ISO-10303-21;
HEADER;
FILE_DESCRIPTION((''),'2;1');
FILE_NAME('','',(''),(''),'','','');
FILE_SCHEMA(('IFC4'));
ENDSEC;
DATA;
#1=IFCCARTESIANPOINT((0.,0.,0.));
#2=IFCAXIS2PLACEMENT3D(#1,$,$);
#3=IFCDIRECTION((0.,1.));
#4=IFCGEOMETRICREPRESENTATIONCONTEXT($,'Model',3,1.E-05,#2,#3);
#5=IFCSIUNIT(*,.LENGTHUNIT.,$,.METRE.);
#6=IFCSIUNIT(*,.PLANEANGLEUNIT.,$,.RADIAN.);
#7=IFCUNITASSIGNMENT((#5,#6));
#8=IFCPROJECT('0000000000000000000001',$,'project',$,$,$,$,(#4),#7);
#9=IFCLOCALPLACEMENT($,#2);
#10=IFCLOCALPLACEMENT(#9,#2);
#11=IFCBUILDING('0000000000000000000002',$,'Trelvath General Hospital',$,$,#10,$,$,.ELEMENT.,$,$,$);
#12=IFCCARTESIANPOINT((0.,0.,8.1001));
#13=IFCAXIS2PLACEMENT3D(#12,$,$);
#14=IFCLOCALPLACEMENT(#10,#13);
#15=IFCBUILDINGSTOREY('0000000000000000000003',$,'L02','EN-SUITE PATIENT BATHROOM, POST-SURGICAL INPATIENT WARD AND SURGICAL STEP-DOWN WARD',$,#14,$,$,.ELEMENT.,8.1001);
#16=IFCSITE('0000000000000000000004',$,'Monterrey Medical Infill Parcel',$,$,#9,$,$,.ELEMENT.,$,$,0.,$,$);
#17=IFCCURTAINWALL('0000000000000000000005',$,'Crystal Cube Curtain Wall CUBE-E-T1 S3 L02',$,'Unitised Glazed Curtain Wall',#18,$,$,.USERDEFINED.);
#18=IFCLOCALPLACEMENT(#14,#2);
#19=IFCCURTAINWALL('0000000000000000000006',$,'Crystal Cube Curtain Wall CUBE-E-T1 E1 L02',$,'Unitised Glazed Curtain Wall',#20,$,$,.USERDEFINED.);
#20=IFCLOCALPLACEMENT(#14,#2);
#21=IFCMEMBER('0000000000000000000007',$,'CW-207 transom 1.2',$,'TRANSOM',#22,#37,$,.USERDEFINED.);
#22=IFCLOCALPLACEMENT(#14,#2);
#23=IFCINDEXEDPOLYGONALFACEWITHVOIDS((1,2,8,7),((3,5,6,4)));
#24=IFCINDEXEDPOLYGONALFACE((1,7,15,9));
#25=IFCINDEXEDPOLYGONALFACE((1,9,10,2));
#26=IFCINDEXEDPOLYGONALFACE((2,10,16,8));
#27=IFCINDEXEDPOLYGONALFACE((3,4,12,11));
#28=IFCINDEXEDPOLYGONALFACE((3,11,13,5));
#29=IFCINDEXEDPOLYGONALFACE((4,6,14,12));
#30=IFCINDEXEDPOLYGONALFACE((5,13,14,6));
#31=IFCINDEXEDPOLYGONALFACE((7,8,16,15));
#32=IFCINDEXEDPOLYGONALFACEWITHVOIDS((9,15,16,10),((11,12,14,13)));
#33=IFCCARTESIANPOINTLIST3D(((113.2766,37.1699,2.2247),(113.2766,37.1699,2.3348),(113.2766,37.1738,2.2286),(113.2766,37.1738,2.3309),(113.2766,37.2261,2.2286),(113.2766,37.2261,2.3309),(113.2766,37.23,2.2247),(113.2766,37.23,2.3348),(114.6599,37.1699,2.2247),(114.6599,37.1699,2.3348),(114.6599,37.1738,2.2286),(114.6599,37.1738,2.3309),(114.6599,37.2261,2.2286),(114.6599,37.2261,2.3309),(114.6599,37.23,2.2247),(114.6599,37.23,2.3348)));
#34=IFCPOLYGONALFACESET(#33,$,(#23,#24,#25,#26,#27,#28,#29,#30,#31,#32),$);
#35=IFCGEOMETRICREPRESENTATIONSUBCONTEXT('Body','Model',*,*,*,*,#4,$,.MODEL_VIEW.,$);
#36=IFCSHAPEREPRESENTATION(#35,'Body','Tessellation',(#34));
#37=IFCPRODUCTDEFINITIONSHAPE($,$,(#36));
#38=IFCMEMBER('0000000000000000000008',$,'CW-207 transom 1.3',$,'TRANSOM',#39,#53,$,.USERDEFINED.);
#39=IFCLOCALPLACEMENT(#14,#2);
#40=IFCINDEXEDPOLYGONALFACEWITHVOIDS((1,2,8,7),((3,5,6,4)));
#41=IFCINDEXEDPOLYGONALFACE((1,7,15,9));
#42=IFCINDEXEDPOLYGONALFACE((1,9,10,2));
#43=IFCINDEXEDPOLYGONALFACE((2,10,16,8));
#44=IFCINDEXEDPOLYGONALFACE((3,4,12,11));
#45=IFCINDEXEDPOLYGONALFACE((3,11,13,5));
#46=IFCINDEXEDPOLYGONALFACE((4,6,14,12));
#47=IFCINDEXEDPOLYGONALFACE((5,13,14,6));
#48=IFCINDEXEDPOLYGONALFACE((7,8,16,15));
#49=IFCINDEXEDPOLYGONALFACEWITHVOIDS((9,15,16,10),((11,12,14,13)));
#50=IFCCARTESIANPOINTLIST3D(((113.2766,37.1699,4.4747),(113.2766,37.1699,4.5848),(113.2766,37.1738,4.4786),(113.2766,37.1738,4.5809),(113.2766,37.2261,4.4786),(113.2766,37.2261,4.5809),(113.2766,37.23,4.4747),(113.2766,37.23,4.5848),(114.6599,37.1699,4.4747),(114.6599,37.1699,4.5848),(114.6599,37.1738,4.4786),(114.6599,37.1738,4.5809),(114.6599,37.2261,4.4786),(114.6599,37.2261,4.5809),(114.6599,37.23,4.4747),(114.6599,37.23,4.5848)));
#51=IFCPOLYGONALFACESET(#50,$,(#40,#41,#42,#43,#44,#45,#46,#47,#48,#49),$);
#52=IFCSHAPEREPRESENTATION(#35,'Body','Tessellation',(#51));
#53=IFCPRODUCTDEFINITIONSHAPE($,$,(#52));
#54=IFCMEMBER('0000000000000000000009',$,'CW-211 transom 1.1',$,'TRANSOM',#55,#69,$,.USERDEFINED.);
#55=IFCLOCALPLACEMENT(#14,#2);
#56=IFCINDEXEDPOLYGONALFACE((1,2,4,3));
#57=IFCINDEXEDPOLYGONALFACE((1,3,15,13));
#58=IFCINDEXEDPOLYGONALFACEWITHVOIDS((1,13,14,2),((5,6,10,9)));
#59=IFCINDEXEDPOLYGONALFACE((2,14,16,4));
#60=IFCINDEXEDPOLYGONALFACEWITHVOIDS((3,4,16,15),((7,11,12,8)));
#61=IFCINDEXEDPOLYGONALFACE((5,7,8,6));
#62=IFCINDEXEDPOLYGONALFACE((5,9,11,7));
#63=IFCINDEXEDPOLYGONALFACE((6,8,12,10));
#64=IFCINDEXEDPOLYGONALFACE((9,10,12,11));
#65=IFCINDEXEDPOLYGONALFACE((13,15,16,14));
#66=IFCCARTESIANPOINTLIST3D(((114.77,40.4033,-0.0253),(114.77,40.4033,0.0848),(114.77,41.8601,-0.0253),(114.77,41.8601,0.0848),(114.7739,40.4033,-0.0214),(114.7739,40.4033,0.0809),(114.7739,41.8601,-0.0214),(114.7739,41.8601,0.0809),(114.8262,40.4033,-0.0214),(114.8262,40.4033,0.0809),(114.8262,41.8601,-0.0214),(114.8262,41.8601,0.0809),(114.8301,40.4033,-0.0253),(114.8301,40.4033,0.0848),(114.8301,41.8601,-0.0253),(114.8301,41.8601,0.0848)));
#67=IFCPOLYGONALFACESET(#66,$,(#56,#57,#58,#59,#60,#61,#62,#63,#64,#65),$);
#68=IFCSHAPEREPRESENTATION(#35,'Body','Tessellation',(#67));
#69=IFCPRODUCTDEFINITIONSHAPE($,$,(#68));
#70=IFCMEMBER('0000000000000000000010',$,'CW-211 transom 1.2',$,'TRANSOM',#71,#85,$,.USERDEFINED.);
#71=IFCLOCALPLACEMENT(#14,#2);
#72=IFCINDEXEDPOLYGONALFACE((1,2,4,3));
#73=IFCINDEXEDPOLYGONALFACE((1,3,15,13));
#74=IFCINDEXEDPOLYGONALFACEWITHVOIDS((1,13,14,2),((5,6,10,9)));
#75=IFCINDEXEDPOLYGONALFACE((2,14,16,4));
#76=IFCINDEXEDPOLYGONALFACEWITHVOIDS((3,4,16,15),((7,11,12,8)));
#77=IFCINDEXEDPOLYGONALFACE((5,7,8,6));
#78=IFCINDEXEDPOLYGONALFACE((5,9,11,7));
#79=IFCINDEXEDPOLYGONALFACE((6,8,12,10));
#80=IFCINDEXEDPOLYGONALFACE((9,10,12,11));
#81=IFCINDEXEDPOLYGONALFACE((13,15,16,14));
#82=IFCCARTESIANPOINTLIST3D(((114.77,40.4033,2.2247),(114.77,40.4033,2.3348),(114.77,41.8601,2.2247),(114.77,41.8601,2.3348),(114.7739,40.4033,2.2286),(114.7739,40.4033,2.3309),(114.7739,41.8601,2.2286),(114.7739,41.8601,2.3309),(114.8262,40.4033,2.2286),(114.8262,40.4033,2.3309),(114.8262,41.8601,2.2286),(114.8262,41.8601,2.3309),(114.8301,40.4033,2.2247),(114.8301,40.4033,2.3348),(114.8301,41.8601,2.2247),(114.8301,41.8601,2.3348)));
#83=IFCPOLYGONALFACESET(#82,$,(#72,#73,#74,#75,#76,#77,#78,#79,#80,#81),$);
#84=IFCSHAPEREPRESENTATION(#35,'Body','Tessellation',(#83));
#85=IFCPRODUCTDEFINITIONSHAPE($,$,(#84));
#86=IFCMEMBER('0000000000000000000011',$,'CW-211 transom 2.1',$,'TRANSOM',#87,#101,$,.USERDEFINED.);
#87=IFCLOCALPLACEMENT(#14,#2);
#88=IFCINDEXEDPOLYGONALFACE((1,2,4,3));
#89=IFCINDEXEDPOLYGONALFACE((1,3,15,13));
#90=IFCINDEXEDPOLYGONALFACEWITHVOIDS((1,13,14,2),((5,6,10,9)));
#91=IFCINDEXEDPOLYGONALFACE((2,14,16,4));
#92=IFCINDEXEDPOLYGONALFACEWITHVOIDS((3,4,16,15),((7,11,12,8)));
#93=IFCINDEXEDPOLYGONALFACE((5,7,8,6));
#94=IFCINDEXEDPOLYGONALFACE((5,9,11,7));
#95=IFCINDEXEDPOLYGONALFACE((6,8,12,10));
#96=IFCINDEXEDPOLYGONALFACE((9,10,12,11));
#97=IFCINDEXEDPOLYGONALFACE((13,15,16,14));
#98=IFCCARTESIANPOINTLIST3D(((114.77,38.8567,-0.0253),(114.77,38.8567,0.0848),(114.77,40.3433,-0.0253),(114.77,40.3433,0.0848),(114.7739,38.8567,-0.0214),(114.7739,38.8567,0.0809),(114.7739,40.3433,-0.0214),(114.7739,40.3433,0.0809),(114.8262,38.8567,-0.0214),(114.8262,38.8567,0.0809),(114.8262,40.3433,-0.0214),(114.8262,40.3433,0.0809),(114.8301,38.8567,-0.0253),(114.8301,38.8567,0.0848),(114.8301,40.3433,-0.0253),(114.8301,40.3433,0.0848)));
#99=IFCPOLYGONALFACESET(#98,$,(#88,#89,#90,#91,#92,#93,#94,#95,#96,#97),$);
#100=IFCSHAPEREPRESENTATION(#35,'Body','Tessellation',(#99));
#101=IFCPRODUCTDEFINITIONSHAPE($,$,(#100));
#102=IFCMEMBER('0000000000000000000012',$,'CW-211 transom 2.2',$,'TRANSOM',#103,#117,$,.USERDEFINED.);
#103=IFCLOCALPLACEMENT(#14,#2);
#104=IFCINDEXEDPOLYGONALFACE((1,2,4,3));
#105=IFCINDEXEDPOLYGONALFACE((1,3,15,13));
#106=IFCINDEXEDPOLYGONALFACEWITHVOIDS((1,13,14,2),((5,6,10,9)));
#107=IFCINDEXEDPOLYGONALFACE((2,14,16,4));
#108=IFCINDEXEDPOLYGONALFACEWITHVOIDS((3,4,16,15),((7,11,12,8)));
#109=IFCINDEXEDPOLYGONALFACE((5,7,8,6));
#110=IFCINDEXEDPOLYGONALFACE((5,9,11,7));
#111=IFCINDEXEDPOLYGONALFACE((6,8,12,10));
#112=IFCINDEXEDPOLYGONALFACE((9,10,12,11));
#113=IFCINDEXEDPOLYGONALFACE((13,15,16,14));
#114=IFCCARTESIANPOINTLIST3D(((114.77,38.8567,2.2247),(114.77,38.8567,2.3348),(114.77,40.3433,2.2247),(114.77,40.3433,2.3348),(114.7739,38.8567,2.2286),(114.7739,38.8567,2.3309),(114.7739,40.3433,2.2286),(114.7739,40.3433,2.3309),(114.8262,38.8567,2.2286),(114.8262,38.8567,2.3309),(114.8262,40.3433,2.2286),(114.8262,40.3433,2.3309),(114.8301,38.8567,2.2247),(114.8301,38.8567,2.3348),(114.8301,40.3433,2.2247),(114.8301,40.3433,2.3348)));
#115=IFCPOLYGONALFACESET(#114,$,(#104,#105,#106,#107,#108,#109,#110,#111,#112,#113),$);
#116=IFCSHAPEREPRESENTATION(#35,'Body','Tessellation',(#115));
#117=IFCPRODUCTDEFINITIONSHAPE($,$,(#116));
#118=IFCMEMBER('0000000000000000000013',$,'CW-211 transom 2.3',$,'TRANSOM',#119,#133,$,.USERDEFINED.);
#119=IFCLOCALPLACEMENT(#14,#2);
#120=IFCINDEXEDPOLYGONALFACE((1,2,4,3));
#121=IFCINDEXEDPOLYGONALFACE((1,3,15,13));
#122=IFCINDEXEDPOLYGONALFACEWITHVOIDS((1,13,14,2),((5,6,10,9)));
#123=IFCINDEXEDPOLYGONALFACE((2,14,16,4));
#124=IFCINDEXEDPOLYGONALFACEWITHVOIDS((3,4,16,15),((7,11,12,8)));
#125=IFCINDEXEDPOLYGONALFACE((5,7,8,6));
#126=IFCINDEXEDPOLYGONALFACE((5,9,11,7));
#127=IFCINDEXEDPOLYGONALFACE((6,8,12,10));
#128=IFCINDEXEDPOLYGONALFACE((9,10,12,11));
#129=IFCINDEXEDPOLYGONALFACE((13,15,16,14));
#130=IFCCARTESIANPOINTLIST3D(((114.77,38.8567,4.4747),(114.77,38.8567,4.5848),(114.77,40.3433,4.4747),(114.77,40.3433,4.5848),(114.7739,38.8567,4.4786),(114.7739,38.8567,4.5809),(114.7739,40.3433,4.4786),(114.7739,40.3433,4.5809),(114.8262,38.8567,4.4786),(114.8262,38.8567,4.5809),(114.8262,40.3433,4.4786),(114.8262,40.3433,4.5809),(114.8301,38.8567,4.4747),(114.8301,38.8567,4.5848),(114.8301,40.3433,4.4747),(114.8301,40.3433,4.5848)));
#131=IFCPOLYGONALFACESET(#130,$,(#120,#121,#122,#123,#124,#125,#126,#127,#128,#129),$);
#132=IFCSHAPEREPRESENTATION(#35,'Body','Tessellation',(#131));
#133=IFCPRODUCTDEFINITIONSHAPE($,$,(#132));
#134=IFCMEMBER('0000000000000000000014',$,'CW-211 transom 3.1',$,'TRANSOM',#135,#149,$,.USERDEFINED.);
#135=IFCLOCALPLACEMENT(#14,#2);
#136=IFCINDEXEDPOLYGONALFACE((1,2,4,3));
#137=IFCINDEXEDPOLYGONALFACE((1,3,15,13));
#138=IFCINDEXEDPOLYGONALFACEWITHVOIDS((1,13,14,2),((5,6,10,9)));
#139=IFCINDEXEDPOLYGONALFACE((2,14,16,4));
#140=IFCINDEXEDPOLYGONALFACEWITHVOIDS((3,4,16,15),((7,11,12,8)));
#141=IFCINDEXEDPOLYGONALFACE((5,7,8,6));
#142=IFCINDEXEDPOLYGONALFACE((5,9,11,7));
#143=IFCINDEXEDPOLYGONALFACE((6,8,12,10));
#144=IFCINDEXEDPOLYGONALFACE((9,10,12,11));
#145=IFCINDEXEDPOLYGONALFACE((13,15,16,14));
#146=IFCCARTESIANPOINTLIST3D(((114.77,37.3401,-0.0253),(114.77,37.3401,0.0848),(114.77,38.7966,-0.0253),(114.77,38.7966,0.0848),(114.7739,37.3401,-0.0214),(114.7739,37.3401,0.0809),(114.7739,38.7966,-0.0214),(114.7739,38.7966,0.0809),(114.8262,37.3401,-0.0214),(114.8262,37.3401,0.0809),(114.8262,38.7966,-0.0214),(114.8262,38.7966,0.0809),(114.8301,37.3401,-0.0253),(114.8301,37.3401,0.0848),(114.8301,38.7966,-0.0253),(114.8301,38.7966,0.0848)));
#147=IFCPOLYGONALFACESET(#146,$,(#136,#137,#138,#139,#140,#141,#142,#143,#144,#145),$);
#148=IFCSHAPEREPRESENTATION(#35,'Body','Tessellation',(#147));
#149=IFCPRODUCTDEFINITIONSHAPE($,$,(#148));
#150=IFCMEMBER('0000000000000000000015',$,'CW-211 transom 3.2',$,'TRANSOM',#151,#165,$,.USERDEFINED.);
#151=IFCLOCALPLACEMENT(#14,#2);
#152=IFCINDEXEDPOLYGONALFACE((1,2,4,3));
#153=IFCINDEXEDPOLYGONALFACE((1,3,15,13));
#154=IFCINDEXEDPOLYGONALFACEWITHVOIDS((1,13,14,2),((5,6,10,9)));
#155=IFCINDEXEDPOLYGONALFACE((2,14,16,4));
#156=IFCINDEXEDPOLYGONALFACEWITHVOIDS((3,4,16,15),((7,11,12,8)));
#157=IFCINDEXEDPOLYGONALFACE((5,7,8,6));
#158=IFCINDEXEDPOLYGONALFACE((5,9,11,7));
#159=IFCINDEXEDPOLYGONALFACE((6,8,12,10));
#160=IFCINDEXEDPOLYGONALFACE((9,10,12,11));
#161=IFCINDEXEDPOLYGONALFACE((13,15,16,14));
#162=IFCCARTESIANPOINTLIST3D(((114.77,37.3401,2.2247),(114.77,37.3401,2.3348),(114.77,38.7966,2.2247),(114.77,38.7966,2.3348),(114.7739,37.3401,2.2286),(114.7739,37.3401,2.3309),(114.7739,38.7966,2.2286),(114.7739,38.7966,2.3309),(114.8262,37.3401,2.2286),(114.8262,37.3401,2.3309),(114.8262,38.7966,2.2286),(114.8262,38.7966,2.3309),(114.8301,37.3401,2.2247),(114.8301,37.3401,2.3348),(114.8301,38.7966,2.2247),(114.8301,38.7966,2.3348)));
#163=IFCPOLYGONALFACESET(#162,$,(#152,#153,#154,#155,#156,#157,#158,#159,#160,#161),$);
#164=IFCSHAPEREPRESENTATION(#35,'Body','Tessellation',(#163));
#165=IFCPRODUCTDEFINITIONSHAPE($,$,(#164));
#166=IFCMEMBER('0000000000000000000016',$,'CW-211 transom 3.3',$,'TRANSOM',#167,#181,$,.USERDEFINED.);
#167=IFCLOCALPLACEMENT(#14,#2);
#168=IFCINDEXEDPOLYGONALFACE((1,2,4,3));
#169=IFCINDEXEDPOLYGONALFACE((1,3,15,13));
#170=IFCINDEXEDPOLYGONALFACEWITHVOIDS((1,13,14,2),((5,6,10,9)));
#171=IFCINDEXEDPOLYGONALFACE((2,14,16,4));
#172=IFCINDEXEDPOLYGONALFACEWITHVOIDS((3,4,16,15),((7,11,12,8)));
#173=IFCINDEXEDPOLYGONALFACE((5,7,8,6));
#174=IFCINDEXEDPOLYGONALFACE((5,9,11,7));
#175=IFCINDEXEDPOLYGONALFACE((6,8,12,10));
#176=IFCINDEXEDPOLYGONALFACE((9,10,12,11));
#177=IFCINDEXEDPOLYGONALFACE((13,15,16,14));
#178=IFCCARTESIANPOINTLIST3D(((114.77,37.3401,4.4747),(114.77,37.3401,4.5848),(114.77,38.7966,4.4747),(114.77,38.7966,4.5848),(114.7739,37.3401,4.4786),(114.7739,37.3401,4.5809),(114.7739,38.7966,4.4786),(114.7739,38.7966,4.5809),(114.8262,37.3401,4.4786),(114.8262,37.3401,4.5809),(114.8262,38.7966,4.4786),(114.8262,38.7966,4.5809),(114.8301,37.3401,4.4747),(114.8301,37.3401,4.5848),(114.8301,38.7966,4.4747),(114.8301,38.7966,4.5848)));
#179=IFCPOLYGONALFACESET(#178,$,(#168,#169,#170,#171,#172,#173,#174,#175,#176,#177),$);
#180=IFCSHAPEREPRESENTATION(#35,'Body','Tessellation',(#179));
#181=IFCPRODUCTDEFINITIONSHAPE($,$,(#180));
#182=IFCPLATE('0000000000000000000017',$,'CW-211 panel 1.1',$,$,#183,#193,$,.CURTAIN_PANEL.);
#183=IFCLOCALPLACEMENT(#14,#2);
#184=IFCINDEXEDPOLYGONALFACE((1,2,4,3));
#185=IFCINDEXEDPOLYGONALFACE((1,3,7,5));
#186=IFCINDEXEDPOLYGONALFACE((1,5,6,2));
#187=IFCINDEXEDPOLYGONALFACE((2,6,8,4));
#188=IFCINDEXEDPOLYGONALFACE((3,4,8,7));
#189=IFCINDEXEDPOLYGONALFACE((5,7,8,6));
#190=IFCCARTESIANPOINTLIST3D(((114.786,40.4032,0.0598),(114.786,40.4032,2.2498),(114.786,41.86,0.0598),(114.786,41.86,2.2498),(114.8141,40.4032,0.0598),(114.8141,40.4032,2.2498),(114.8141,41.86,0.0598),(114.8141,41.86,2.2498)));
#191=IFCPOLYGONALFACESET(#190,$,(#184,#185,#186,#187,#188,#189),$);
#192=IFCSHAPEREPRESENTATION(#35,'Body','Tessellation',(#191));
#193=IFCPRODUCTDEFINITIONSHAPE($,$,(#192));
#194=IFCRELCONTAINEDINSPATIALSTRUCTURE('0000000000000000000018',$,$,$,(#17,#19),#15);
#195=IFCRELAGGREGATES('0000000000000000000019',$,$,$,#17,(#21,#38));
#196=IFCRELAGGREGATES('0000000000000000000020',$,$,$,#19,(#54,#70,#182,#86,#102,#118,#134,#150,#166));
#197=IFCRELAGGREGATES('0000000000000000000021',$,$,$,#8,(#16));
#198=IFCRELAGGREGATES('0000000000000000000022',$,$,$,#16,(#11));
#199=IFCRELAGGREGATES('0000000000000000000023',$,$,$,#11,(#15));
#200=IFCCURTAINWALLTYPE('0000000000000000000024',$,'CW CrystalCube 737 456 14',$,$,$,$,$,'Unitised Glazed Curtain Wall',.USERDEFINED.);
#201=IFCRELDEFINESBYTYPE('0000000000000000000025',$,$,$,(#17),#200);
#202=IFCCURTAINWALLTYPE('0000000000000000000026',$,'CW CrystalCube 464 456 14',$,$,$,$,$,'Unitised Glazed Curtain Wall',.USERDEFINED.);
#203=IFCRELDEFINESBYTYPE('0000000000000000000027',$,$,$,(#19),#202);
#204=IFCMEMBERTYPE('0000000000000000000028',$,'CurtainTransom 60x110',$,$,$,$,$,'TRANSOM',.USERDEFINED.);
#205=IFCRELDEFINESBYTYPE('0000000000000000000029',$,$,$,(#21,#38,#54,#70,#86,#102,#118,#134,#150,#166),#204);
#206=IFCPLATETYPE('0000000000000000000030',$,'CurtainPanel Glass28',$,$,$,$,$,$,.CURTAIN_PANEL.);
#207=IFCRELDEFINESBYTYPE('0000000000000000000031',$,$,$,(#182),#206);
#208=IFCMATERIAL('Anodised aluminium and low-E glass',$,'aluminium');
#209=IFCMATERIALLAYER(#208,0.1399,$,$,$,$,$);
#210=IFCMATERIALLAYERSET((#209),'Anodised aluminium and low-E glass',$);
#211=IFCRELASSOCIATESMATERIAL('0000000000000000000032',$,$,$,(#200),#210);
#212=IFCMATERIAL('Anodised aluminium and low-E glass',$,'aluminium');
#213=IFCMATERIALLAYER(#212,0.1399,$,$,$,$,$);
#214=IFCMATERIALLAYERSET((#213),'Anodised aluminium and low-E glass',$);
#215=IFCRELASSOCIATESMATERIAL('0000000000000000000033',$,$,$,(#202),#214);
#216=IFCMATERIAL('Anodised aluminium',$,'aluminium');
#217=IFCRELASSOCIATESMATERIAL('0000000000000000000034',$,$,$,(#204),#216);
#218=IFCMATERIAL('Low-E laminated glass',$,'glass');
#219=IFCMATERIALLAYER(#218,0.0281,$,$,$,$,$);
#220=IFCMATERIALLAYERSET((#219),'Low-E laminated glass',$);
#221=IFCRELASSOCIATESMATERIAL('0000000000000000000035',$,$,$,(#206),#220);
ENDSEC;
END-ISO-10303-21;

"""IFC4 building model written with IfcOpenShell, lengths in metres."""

from ifc_helpers import new_model, si_unit, direction, frame, origin, origin_2d, place, context, subcontext, project, spatial, rectangle, hollow_rectangle, extrude, material, layer, layer_set, material_profile, profile_set, type_object, element, aggregate, save


model = new_model("IFC4")

# Units and contexts
model_context = context("Model", 3, precision=1e-05, world=origin(), true_north=direction((0.0, 1.0)))
body_context = subcontext(model_context, "Body", "Model", "MODEL_VIEW")
ifc_project = project(units=[si_unit("LENGTHUNIT", "METRE"), si_unit("PLANEANGLEUNIT", "RADIAN")], contexts=[model_context])

# Site, building, storey
site_placement = place(None, origin())
site = spatial("IfcSite", under=ifc_project, at=site_placement, Name="Monterrey Medical Infill Parcel", CompositionType="ELEMENT", RefElevation=0.0)
building_placement = place(site_placement, origin())
building = spatial("IfcBuilding", under=site, at=building_placement, Name="Trelvath General Hospital", CompositionType="ELEMENT")
storey_placement = place(building_placement, frame((0.0, 0.0, 8.1001)))
storey = spatial("IfcBuildingStorey", under=building, at=storey_placement, Name="L02", Description="EN-SUITE PATIENT BATHROOM, POST-SURGICAL INPATIENT WARD AND SURGICAL STEP-DOWN WARD", CompositionType="ELEMENT", Elevation=8.1001)

# Curtain wall
ifc_material_1 = material(Name="Anodised aluminium and low-E glass", Category="aluminium")
ifc_layer_1 = layer(ifc_material_1, 0.1399)
ifc_layer_set_1 = layer_set([ifc_layer_1], Name="Anodised aluminium and low-E glass")
curtain_wall_type_1 = type_object("IfcCurtainWallType", Name="CW CrystalCube 737 456 14", ElementType="Unitised Glazed Curtain Wall", PredefinedType="USERDEFINED", material=ifc_layer_set_1)
curtain_wall_1_placement = place(storey_placement, origin())
curtain_wall_1 = element("IfcCurtainWall", 1, at=curtain_wall_1_placement, inside=storey, type_object=curtain_wall_type_1, Name="Crystal Cube Curtain Wall CUBE-E-T1 S3 L02", ObjectType="Unitised Glazed Curtain Wall", PredefinedType="USERDEFINED")

# Curtain wall
ifc_material_2 = material(Name="Anodised aluminium and low-E glass", Category="aluminium")
ifc_layer_2 = layer(ifc_material_2, 0.1399)
ifc_layer_set_2 = layer_set([ifc_layer_2], Name="Anodised aluminium and low-E glass")
curtain_wall_type_2 = type_object("IfcCurtainWallType", Name="CW CrystalCube 464 456 14", ElementType="Unitised Glazed Curtain Wall", PredefinedType="USERDEFINED", material=ifc_layer_set_2)
curtain_wall_2_placement = place(storey_placement, origin())
curtain_wall_2 = element("IfcCurtainWall", 2, at=curtain_wall_2_placement, inside=storey, type_object=curtain_wall_type_2, Name="Crystal Cube Curtain Wall CUBE-E-T1 E1 L02", ObjectType="Unitised Glazed Curtain Wall", PredefinedType="USERDEFINED")

# Members
ifc_material_3 = material(Name="Anodised aluminium", Category="aluminium")
ifc_material_profile_1 = material_profile(ifc_material_3, hollow_rectangle(XDim=0.0601, YDim=0.1101, WallThickness=0.0039, at=origin_2d()), Name="RHS60x110x4")
ifc_profile_set_1 = profile_set([ifc_material_profile_1], Name="Anodised aluminium")
member_type_1 = type_object("IfcMemberType", Name="CurtainTransom 60x110", ElementType="TRANSOM", PredefinedType="USERDEFINED", material=ifc_profile_set_1)
member_1_placement = place(storey_placement, frame((114.6599, 37.2, 2.2798), z_axis=(-1.0, 0.0, 0.0), x_axis=(0.0, -1.0, 0.0)))
member_1 = element("IfcMember", 3, at=member_1_placement, type_object=member_type_1, Name="CW-207 transom 1.2", ObjectType="TRANSOM", PredefinedType="USERDEFINED", context=body_context, shape_type="SweptSolid", body=[
    extrude(hollow_rectangle(XDim=0.0601, YDim=0.1101, WallThickness=0.0039, at=origin_2d()), origin(), (0.0, 0.0, 1.0), 1.3833),
])
member_2_placement = place(storey_placement, frame((114.6599, 37.2, 4.5298), z_axis=(-1.0, 0.0, 0.0), x_axis=(0.0, -1.0, 0.0)))
member_2 = element("IfcMember", 4, at=member_2_placement, type_object=member_type_1, Name="CW-207 transom 1.3", ObjectType="TRANSOM", PredefinedType="USERDEFINED", context=body_context, shape_type="SweptSolid", body=[
    extrude(hollow_rectangle(XDim=0.0601, YDim=0.1101, WallThickness=0.0039, at=origin_2d()), origin(), (0.0, 0.0, 1.0), 1.3833),
])
aggregate(curtain_wall_1, [member_1, member_2])
member_3_placement = place(storey_placement, frame((114.8, 41.8601, 0.0298), z_axis=(0.0, -1.0, 0.0), x_axis=(1.0, 0.0, 0.0)))
member_3 = element("IfcMember", 5, at=member_3_placement, type_object=member_type_1, Name="CW-211 transom 1.1", ObjectType="TRANSOM", PredefinedType="USERDEFINED", context=body_context, shape_type="SweptSolid", body=[
    extrude(hollow_rectangle(XDim=0.0601, YDim=0.1101, WallThickness=0.0039, at=origin_2d()), origin(), (0.0, 0.0, 1.0), 1.4568),
])
member_4_placement = place(storey_placement, frame((114.8, 41.8601, 2.2798), z_axis=(0.0, -1.0, 0.0), x_axis=(1.0, 0.0, 0.0)))
member_4 = element("IfcMember", 6, at=member_4_placement, type_object=member_type_1, Name="CW-211 transom 1.2", ObjectType="TRANSOM", PredefinedType="USERDEFINED", context=body_context, shape_type="SweptSolid", body=[
    extrude(hollow_rectangle(XDim=0.0601, YDim=0.1101, WallThickness=0.0039, at=origin_2d()), origin(), (0.0, 0.0, 1.0), 1.4568),
])
member_5_placement = place(storey_placement, frame((114.8, 40.3433, 0.0298), z_axis=(0.0, -1.0, 0.0), x_axis=(1.0, 0.0, 0.0)))
member_5 = element("IfcMember", 7, at=member_5_placement, type_object=member_type_1, Name="CW-211 transom 2.1", ObjectType="TRANSOM", PredefinedType="USERDEFINED", context=body_context, shape_type="SweptSolid", body=[
    extrude(hollow_rectangle(XDim=0.0601, YDim=0.1101, WallThickness=0.0039, at=origin_2d()), origin(), (0.0, 0.0, 1.0), 1.4866),
])
member_6_placement = place(storey_placement, frame((114.8, 40.3433, 2.2798), z_axis=(0.0, -1.0, 0.0), x_axis=(1.0, 0.0, 0.0)))
member_6 = element("IfcMember", 8, at=member_6_placement, type_object=member_type_1, Name="CW-211 transom 2.2", ObjectType="TRANSOM", PredefinedType="USERDEFINED", context=body_context, shape_type="SweptSolid", body=[
    extrude(hollow_rectangle(XDim=0.0601, YDim=0.1101, WallThickness=0.0039, at=origin_2d()), origin(), (0.0, 0.0, 1.0), 1.4866),
])
member_7_placement = place(storey_placement, frame((114.8, 40.3433, 4.5298), z_axis=(0.0, -1.0, 0.0), x_axis=(1.0, 0.0, 0.0)))
member_7 = element("IfcMember", 9, at=member_7_placement, type_object=member_type_1, Name="CW-211 transom 2.3", ObjectType="TRANSOM", PredefinedType="USERDEFINED", context=body_context, shape_type="SweptSolid", body=[
    extrude(hollow_rectangle(XDim=0.0601, YDim=0.1101, WallThickness=0.0039, at=origin_2d()), origin(), (0.0, 0.0, 1.0), 1.4866),
])
member_8_placement = place(storey_placement, frame((114.8, 38.7966, 0.0298), z_axis=(0.0, -1.0, 0.0), x_axis=(1.0, 0.0, 0.0)))
member_8 = element("IfcMember", 10, at=member_8_placement, type_object=member_type_1, Name="CW-211 transom 3.1", ObjectType="TRANSOM", PredefinedType="USERDEFINED", context=body_context, shape_type="SweptSolid", body=[
    extrude(hollow_rectangle(XDim=0.0601, YDim=0.1101, WallThickness=0.0039, at=origin_2d()), origin(), (0.0, 0.0, 1.0), 1.4565),
])
member_9_placement = place(storey_placement, frame((114.8, 38.7966, 2.2798), z_axis=(0.0, -1.0, 0.0), x_axis=(1.0, 0.0, 0.0)))
member_9 = element("IfcMember", 11, at=member_9_placement, type_object=member_type_1, Name="CW-211 transom 3.2", ObjectType="TRANSOM", PredefinedType="USERDEFINED", context=body_context, shape_type="SweptSolid", body=[
    extrude(hollow_rectangle(XDim=0.0601, YDim=0.1101, WallThickness=0.0039, at=origin_2d()), origin(), (0.0, 0.0, 1.0), 1.4565),
])
member_10_placement = place(storey_placement, frame((114.8, 38.7966, 4.5298), z_axis=(0.0, -1.0, 0.0), x_axis=(1.0, 0.0, 0.0)))
member_10 = element("IfcMember", 12, at=member_10_placement, type_object=member_type_1, Name="CW-211 transom 3.3", ObjectType="TRANSOM", PredefinedType="USERDEFINED", context=body_context, shape_type="SweptSolid", body=[
    extrude(hollow_rectangle(XDim=0.0601, YDim=0.1101, WallThickness=0.0039, at=origin_2d()), origin(), (0.0, 0.0, 1.0), 1.4565),
])

# Plate
ifc_material_4 = material(Name="Low-E laminated glass", Category="glass")
ifc_layer_3 = layer(ifc_material_4, 0.0281)
ifc_layer_set_3 = layer_set([ifc_layer_3], Name="Low-E laminated glass")
plate_type = type_object("IfcPlateType", Name="CurtainPanel Glass28", PredefinedType="CURTAIN_PANEL", material=ifc_layer_set_3)
plate_1_placement = place(storey_placement, frame((114.8, 41.1316, 0.0598), z_axis=(0.0, 0.0, 1.0), x_axis=(0.0, -1.0, 0.0)))
plate_1 = element("IfcPlate", 13, at=plate_1_placement, type_object=plate_type, Name="CW-211 panel 1.1", PredefinedType="CURTAIN_PANEL", context=body_context, shape_type="SweptSolid", body=[
    extrude(rectangle(XDim=1.4568, YDim=0.0281, at=origin_2d()), origin(), (0.0, 0.0, 1.0), 2.1899),
])
aggregate(curtain_wall_2, [member_3, member_4, plate_1, member_5, member_6, member_7, member_8, member_9, member_10])

save(model, "model.ifc")
